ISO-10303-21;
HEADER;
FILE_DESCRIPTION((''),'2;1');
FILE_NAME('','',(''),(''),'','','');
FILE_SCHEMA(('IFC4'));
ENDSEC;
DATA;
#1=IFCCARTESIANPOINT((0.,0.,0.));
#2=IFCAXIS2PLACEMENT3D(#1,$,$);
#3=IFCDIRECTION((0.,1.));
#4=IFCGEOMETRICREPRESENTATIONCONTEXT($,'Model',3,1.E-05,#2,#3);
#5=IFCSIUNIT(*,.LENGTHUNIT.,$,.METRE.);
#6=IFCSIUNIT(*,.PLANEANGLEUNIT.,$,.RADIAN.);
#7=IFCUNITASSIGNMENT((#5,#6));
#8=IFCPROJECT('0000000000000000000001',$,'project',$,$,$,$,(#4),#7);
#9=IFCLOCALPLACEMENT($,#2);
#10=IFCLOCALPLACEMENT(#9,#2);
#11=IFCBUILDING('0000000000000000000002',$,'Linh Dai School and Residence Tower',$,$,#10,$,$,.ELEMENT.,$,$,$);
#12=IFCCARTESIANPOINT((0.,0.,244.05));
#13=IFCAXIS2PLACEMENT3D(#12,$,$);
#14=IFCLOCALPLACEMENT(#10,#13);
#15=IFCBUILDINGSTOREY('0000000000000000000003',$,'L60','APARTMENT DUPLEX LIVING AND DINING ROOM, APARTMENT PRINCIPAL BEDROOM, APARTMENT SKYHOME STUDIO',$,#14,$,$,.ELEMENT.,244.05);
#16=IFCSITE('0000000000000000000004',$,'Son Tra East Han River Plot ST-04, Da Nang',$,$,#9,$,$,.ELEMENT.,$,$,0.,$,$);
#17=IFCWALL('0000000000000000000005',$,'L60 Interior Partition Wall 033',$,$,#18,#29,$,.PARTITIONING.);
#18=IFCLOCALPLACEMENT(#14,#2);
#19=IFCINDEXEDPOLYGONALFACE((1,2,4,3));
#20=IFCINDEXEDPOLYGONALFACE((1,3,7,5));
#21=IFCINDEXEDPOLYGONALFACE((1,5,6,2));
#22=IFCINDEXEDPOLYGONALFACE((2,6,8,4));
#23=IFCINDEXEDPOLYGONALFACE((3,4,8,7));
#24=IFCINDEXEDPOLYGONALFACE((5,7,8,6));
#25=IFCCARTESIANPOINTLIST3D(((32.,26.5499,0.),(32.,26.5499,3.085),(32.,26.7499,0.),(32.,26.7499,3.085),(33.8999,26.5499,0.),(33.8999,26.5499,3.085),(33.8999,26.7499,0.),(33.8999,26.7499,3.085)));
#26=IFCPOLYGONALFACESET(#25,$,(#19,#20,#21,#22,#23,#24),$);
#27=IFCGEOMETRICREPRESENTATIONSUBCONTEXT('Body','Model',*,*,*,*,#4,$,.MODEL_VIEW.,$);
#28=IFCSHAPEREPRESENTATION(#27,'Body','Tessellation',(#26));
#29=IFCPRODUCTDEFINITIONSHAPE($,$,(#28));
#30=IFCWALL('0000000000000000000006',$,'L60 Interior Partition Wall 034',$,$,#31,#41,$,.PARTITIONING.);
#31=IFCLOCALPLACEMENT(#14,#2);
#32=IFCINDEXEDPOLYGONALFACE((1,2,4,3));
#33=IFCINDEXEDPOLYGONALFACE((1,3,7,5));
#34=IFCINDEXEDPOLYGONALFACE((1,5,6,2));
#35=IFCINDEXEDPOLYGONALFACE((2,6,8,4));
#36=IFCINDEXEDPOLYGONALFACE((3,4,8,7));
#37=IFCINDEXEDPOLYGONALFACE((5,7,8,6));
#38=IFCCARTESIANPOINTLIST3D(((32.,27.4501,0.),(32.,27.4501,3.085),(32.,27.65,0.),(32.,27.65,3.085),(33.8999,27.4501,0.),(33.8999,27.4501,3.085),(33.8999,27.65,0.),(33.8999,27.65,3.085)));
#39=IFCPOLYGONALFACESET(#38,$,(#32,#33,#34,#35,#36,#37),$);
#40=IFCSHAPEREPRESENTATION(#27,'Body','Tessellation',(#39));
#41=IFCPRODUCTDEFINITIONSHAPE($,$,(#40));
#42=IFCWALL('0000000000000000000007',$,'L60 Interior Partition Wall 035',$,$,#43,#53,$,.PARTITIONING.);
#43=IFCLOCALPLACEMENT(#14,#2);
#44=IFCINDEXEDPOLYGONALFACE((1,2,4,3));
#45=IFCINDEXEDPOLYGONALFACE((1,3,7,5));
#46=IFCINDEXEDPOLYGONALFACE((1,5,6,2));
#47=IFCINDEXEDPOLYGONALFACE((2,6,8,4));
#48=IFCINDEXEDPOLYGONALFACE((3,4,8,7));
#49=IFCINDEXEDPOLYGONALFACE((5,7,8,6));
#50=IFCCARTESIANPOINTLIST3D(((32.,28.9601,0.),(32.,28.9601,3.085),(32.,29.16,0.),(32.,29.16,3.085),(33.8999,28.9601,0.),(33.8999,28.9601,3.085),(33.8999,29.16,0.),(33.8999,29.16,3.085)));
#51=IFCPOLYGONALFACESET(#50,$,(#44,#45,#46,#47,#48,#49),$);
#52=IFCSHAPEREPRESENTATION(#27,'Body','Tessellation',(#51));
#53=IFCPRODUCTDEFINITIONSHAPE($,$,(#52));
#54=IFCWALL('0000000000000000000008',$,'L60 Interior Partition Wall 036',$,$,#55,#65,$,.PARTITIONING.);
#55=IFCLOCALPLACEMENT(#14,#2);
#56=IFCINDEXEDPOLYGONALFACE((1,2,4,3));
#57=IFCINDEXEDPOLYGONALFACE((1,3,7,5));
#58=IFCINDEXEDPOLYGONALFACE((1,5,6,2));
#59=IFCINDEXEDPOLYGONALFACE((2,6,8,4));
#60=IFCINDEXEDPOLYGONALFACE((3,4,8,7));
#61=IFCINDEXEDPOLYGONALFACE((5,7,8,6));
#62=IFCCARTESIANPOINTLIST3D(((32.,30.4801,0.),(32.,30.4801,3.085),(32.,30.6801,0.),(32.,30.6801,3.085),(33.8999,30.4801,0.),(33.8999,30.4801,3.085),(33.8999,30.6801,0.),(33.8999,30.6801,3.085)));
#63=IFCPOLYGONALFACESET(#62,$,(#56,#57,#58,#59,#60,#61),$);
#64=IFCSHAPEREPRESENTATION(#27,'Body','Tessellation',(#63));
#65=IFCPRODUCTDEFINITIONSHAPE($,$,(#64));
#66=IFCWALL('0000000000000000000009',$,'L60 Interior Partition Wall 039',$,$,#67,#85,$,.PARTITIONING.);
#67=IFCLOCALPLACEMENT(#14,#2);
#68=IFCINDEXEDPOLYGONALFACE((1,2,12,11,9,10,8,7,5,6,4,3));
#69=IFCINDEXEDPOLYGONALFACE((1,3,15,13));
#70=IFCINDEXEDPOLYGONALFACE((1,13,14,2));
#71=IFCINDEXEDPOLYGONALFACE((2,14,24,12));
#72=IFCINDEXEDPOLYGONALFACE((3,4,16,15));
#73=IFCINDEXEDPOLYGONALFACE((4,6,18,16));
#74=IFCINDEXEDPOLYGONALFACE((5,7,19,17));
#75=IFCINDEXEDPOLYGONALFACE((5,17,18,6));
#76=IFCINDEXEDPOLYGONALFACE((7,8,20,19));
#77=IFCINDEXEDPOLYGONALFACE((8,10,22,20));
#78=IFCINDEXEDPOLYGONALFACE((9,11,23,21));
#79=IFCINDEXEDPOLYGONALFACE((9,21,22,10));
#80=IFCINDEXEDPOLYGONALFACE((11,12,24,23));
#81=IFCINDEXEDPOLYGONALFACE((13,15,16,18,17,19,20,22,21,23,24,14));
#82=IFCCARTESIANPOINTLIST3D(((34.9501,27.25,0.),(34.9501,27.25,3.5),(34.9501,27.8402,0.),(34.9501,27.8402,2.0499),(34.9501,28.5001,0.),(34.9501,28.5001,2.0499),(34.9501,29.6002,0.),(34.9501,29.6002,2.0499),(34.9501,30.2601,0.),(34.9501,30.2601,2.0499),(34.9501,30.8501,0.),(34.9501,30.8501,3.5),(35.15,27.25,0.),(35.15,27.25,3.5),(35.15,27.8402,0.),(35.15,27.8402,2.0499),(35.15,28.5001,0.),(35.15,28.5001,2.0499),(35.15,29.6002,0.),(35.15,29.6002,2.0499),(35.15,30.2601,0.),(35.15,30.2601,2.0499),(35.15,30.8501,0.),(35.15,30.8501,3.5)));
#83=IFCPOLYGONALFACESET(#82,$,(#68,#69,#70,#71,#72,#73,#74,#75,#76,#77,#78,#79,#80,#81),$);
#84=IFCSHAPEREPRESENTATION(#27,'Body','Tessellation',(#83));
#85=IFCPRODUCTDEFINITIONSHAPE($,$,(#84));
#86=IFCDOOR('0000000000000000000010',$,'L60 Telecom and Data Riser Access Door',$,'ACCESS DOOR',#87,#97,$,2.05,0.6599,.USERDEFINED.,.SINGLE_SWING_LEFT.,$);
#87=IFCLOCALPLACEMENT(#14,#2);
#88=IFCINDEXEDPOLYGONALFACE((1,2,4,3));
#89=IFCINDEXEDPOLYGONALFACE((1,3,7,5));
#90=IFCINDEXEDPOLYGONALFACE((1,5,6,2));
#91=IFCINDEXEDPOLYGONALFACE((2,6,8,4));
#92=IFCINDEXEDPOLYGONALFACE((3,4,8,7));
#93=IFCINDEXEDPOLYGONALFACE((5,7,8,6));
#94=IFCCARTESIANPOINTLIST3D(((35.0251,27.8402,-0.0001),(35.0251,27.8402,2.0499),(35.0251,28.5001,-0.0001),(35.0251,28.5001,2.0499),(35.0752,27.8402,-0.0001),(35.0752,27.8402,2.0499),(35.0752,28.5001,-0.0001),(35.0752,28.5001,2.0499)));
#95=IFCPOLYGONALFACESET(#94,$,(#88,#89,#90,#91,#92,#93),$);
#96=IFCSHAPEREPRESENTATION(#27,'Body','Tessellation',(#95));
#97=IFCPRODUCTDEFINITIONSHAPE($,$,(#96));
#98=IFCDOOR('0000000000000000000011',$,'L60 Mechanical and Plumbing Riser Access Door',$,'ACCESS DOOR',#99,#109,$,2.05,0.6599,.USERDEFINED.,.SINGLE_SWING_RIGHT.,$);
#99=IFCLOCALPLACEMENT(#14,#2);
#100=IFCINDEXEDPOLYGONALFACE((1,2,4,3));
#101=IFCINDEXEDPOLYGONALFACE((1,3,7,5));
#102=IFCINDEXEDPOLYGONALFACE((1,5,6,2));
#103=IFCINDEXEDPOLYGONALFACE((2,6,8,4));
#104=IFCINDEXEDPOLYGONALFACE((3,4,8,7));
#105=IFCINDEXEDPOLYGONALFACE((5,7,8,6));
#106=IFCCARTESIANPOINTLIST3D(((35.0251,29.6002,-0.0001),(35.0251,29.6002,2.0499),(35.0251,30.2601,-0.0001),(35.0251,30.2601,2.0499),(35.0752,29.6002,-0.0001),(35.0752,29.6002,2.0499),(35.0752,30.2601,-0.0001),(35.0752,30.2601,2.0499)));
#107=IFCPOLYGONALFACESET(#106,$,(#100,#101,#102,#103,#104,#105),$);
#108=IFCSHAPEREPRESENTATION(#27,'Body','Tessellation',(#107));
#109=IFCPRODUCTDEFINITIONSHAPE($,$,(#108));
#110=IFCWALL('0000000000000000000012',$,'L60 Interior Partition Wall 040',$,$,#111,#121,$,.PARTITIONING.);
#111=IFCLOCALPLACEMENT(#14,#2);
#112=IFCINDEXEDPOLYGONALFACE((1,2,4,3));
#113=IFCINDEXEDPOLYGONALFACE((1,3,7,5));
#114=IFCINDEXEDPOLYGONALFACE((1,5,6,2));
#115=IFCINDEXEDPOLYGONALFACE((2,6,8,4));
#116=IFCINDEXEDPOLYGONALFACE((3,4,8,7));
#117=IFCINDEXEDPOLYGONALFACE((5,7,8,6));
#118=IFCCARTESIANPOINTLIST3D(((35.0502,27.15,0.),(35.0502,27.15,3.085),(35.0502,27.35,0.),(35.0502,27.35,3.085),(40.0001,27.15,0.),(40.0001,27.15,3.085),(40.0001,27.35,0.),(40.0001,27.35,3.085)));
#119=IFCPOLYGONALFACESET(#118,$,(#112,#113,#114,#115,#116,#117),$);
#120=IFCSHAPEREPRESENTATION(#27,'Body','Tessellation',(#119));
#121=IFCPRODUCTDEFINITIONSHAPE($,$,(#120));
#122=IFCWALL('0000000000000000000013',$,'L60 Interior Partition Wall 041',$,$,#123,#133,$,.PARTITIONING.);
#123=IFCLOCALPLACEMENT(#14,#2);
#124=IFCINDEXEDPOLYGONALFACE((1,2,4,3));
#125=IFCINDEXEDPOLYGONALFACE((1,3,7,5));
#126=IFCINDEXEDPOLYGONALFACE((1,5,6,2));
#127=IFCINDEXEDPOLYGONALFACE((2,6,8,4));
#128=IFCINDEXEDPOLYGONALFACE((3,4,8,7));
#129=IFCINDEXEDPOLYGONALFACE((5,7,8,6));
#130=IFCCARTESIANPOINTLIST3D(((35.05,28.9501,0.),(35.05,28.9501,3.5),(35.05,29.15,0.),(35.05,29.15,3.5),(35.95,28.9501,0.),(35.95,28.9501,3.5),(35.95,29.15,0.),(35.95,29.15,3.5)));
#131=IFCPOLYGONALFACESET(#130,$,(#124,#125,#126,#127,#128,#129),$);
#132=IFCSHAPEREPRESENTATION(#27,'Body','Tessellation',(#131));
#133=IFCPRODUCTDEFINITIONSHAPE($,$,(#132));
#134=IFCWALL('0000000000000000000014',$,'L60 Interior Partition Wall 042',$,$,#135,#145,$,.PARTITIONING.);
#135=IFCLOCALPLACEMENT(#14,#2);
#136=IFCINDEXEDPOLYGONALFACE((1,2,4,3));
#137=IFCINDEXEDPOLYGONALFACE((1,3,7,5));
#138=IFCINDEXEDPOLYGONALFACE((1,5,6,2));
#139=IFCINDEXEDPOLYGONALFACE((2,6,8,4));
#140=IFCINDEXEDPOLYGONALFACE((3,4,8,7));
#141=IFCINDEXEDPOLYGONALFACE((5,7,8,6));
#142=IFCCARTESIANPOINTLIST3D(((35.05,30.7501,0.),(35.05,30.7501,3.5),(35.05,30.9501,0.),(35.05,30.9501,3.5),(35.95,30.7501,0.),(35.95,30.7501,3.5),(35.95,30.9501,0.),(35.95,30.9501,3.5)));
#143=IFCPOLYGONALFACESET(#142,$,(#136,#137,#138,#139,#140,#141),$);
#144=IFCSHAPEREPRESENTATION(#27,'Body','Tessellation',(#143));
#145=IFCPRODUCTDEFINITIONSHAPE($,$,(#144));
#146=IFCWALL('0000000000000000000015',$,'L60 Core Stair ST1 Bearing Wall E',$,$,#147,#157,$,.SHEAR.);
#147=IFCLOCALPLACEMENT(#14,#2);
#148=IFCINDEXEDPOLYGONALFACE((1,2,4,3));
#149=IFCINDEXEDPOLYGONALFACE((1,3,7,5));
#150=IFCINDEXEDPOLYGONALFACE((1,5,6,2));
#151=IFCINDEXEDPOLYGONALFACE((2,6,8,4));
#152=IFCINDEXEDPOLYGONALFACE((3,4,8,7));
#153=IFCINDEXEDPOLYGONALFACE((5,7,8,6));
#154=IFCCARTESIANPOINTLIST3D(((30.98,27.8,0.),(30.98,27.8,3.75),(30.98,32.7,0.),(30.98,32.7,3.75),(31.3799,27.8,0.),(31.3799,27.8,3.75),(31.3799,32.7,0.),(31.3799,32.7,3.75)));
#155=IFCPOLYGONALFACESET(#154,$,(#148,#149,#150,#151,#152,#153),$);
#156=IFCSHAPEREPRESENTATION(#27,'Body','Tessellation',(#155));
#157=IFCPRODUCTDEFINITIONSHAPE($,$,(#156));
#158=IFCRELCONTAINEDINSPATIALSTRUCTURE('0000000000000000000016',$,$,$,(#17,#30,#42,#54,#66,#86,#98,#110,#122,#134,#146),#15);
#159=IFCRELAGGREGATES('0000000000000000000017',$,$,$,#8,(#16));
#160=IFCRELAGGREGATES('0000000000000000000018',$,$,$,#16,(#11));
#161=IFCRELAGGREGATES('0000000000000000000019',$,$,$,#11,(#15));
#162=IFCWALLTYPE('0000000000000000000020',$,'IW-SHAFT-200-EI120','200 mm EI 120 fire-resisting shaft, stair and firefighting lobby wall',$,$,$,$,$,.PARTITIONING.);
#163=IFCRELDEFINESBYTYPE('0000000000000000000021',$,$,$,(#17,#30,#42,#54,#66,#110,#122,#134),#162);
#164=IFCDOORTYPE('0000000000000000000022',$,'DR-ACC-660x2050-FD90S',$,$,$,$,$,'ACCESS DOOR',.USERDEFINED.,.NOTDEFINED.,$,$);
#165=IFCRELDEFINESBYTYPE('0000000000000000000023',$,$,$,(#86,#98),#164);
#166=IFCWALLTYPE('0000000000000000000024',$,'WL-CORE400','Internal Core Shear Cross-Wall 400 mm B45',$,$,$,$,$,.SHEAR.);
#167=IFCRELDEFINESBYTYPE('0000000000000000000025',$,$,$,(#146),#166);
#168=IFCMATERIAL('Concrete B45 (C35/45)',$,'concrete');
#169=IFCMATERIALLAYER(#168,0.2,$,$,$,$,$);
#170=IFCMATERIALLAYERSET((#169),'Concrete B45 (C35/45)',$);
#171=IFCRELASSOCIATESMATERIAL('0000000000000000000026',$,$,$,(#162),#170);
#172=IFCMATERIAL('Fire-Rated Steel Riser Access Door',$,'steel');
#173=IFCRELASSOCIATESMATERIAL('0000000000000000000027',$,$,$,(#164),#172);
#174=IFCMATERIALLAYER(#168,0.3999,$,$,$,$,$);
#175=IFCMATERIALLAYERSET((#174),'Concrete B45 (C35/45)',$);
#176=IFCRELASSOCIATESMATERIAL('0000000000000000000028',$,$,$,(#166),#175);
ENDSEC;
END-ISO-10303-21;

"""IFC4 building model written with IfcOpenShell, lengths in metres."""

from ifc_helpers import new_model, si_unit, direction, frame, frame_2d, origin, origin_2d, place, context, subcontext, project, spatial, rectangle, extrude, source, transform, mapped, material, layer, layer_set, type_object, element, fill, save


model = new_model("IFC4")

# Units and contexts
model_context = context("Model", 3, precision=1e-05, world=origin(), true_north=direction((0.0, 1.0)))
body_context = subcontext(model_context, "Body", "Model", "MODEL_VIEW")
ifc_project = project(units=[si_unit("LENGTHUNIT", "METRE"), si_unit("PLANEANGLEUNIT", "RADIAN")], contexts=[model_context])

# Site, building, storey
site_placement = place(None, origin())
site = spatial("IfcSite", under=ifc_project, at=site_placement, Name="Son Tra East Han River Plot ST-04, Da Nang", CompositionType="ELEMENT", RefElevation=0.0)
building_placement = place(site_placement, origin())
building = spatial("IfcBuilding", under=site, at=building_placement, Name="Linh Dai School and Residence Tower", CompositionType="ELEMENT")
storey_placement = place(building_placement, frame((0.0, 0.0, 244.05)))
storey = spatial("IfcBuildingStorey", under=building, at=storey_placement, Name="L60", Description="APARTMENT DUPLEX LIVING AND DINING ROOM, APARTMENT PRINCIPAL BEDROOM, APARTMENT SKYHOME STUDIO", CompositionType="ELEMENT", Elevation=244.05)

# Walls
ifc_material_1 = material(Name="Concrete B45 (C35/45)", Category="concrete")
ifc_layer_1 = layer(ifc_material_1, 0.2)
ifc_layer_set_1 = layer_set([ifc_layer_1], Name="Concrete B45 (C35/45)")
wall_type_1 = type_object("IfcWallType", Name="IW-SHAFT-200-EI120", Description="200 mm EI 120 fire-resisting shaft, stair and firefighting lobby wall", PredefinedType="PARTITIONING", material=ifc_layer_set_1)
for number, where, z_axis, x_axis, name in (
    (1, (32.0, 26.6499, 0.0), (0.0, 0.0, 1.0), (1.0, 0.0, 0.0), "L60 Interior Partition Wall 033"),
    (2, (32.0, 27.55, 0.0), (0.0, 0.0, 1.0), (1.0, 0.0, 0.0), "L60 Interior Partition Wall 034"),
    (3, (32.0, 29.0601, 0.0), (0.0, 0.0, 1.0), (1.0, 0.0, 0.0), "L60 Interior Partition Wall 035"),
    (4, (32.0, 30.5801, 0.0), (0.0, 0.0, 1.0), (1.0, 0.0, 0.0), "L60 Interior Partition Wall 036"),
):
    element("IfcWall", number, at=place(storey_placement, frame(where, z_axis=z_axis, x_axis=x_axis)), inside=storey, type_object=wall_type_1, Name=name, PredefinedType="PARTITIONING", context=body_context, shape_type="SweptSolid", body=[
        extrude(rectangle(XDim=1.8999, YDim=0.2, at=frame_2d((0.95, 0.0))), origin(), (0.0, 0.0, 1.0), 3.085),
    ])

# Wall, openings, doors
wall_1_placement = place(storey_placement, frame((35.05, 27.25, 0.0), z_axis=(0.0, 0.0, 1.0), x_axis=(0.0, 1.0, 0.0)))
wall_1 = element("IfcWall", 5, at=wall_1_placement, inside=storey, type_object=wall_type_1, Name="L60 Interior Partition Wall 039", PredefinedType="PARTITIONING", context=body_context, shape_type="SweptSolid", body=[
    extrude(rectangle(XDim=3.6001, YDim=0.2, at=frame_2d((1.8, 0.0))), origin(), (0.0, 0.0, 1.0), 3.5),
])
opening_1_placement = place(wall_1_placement, frame((0.5901, 0.0, 0.0)))
opening_1 = element("IfcOpeningElement", 6, at=opening_1_placement, cuts=wall_1, PredefinedType="OPENING", context=body_context, shape_type="SweptSolid", body=[
    extrude(rectangle(XDim=0.6599, YDim=2.05, at=origin_2d()), frame((0.3301, 0.1099, 1.0249), z_axis=(0.0, -1.0, 0.0), x_axis=(1.0, 0.0, 0.0)), (0.0, 0.0, 1.0), 0.22),
])
opening_2_placement = place(wall_1_placement, frame((2.3501, 0.0, 0.0)))
opening_2 = element("IfcOpeningElement", 7, at=opening_2_placement, cuts=wall_1, PredefinedType="OPENING", context=body_context, shape_type="SweptSolid", body=[
    extrude(rectangle(XDim=0.6599, YDim=2.05, at=origin_2d()), frame((0.3301, 0.1099, 1.0249), z_axis=(0.0, -1.0, 0.0), x_axis=(1.0, 0.0, 0.0)), (0.0, 0.0, 1.0), 0.22),
])
ifc_material_2 = material(Name="Fire-Rated Steel Riser Access Door", Category="steel")
door_type_1 = type_object("IfcDoorType", Name="DR-ACC-660x2050-FD90S", ElementType="ACCESS DOOR", OperationType="NOTDEFINED", PredefinedType="USERDEFINED", material=ifc_material_2)
shared_shape_1 = source(origin(), body_context, "Body", "SweptSolid", [
    extrude(rectangle(XDim=0.6599, YDim=2.05, at=origin_2d()), frame((0.3301, 0.0249, 1.0249), z_axis=(0.0, -1.0, 0.0), x_axis=(1.0, 0.0, 0.0)), (0.0, 0.0, 1.0), 0.05),
])
door_1_placement = place(opening_1_placement, origin())
door_1 = element("IfcDoor", 8, at=door_1_placement, inside=storey, type_object=door_type_1, Name="L60 Telecom and Data Riser Access Door", ObjectType="ACCESS DOOR", OperationType="SINGLE_SWING_LEFT", OverallHeight=2.05, OverallWidth=0.6599, PredefinedType="USERDEFINED", context=body_context, shape_type="MappedRepresentation", body=[
    mapped(shared_shape_1, transform((0.0, 0.0, 0.0), x_axis=(1.0, 0.0, 0.0), y_axis=(0.0, 1.0, 0.0), z_axis=(0.0, 0.0, 1.0), scale=1.0)),
])
fill(opening_1, door_1)
door_2_placement = place(opening_2_placement, origin())
door_2 = element("IfcDoor", 9, at=door_2_placement, inside=storey, type_object=door_type_1, Name="L60 Mechanical and Plumbing Riser Access Door", ObjectType="ACCESS DOOR", OperationType="SINGLE_SWING_RIGHT", OverallHeight=2.05, OverallWidth=0.6599, PredefinedType="USERDEFINED", context=body_context, shape_type="MappedRepresentation", body=[
    mapped(shared_shape_1, transform((0.0, 0.0, 0.0), x_axis=(1.0, 0.0, 0.0), y_axis=(0.0, 1.0, 0.0), z_axis=(0.0, 0.0, 1.0), scale=1.0)),
])
fill(opening_2, door_2)

# Walls
wall_2_placement = place(storey_placement, frame((35.05, 27.25, 0.0), z_axis=(0.0, 0.0, 1.0), x_axis=(1.0, 0.0, 0.0)))
element("IfcWall", 10, at=wall_2_placement, inside=storey, type_object=wall_type_1, Name="L60 Interior Partition Wall 040", PredefinedType="PARTITIONING", context=body_context, shape_type="SweptSolid", body=[
    extrude(rectangle(XDim=4.95, YDim=0.2, at=frame_2d((2.4751, 0.0))), origin(), (0.0, 0.0, 1.0), 3.085),
])
for number, where, z_axis, x_axis, name in (
    (11, (35.05, 29.05, 0.0), (0.0, 0.0, 1.0), (1.0, 0.0, 0.0), "L60 Interior Partition Wall 041"),
    (12, (35.05, 30.8501, 0.0), (0.0, 0.0, 1.0), (1.0, 0.0, 0.0), "L60 Interior Partition Wall 042"),
):
    element("IfcWall", number, at=place(storey_placement, frame(where, z_axis=z_axis, x_axis=x_axis)), inside=storey, type_object=wall_type_1, Name=name, PredefinedType="PARTITIONING", context=body_context, shape_type="SweptSolid", body=[
        extrude(rectangle(XDim=0.8999, YDim=0.2, at=frame_2d((0.45, 0.0))), origin(), (0.0, 0.0, 1.0), 3.5),
    ])
ifc_layer_2 = layer(ifc_material_1, 0.3999)
ifc_layer_set_2 = layer_set([ifc_layer_2], Name="Concrete B45 (C35/45)")
wall_type_2 = type_object("IfcWallType", Name="WL-CORE400", Description="Internal Core Shear Cross-Wall 400 mm B45", PredefinedType="SHEAR", material=ifc_layer_set_2)
wall_3_placement = place(storey_placement, frame((31.1799, 27.8, 0.0), z_axis=(0.0, 0.0, 1.0), x_axis=(0.0, 1.0, 0.0)))
element("IfcWall", 13, at=wall_3_placement, inside=storey, type_object=wall_type_2, Name="L60 Core Stair ST1 Bearing Wall E", PredefinedType="SHEAR", context=body_context, shape_type="SweptSolid", body=[
    extrude(rectangle(XDim=4.8999, YDim=0.3999, at=frame_2d((2.45, 0.0))), origin(), (0.0, 0.0, 1.0), 3.75),
])

save(model, "model.ifc")
